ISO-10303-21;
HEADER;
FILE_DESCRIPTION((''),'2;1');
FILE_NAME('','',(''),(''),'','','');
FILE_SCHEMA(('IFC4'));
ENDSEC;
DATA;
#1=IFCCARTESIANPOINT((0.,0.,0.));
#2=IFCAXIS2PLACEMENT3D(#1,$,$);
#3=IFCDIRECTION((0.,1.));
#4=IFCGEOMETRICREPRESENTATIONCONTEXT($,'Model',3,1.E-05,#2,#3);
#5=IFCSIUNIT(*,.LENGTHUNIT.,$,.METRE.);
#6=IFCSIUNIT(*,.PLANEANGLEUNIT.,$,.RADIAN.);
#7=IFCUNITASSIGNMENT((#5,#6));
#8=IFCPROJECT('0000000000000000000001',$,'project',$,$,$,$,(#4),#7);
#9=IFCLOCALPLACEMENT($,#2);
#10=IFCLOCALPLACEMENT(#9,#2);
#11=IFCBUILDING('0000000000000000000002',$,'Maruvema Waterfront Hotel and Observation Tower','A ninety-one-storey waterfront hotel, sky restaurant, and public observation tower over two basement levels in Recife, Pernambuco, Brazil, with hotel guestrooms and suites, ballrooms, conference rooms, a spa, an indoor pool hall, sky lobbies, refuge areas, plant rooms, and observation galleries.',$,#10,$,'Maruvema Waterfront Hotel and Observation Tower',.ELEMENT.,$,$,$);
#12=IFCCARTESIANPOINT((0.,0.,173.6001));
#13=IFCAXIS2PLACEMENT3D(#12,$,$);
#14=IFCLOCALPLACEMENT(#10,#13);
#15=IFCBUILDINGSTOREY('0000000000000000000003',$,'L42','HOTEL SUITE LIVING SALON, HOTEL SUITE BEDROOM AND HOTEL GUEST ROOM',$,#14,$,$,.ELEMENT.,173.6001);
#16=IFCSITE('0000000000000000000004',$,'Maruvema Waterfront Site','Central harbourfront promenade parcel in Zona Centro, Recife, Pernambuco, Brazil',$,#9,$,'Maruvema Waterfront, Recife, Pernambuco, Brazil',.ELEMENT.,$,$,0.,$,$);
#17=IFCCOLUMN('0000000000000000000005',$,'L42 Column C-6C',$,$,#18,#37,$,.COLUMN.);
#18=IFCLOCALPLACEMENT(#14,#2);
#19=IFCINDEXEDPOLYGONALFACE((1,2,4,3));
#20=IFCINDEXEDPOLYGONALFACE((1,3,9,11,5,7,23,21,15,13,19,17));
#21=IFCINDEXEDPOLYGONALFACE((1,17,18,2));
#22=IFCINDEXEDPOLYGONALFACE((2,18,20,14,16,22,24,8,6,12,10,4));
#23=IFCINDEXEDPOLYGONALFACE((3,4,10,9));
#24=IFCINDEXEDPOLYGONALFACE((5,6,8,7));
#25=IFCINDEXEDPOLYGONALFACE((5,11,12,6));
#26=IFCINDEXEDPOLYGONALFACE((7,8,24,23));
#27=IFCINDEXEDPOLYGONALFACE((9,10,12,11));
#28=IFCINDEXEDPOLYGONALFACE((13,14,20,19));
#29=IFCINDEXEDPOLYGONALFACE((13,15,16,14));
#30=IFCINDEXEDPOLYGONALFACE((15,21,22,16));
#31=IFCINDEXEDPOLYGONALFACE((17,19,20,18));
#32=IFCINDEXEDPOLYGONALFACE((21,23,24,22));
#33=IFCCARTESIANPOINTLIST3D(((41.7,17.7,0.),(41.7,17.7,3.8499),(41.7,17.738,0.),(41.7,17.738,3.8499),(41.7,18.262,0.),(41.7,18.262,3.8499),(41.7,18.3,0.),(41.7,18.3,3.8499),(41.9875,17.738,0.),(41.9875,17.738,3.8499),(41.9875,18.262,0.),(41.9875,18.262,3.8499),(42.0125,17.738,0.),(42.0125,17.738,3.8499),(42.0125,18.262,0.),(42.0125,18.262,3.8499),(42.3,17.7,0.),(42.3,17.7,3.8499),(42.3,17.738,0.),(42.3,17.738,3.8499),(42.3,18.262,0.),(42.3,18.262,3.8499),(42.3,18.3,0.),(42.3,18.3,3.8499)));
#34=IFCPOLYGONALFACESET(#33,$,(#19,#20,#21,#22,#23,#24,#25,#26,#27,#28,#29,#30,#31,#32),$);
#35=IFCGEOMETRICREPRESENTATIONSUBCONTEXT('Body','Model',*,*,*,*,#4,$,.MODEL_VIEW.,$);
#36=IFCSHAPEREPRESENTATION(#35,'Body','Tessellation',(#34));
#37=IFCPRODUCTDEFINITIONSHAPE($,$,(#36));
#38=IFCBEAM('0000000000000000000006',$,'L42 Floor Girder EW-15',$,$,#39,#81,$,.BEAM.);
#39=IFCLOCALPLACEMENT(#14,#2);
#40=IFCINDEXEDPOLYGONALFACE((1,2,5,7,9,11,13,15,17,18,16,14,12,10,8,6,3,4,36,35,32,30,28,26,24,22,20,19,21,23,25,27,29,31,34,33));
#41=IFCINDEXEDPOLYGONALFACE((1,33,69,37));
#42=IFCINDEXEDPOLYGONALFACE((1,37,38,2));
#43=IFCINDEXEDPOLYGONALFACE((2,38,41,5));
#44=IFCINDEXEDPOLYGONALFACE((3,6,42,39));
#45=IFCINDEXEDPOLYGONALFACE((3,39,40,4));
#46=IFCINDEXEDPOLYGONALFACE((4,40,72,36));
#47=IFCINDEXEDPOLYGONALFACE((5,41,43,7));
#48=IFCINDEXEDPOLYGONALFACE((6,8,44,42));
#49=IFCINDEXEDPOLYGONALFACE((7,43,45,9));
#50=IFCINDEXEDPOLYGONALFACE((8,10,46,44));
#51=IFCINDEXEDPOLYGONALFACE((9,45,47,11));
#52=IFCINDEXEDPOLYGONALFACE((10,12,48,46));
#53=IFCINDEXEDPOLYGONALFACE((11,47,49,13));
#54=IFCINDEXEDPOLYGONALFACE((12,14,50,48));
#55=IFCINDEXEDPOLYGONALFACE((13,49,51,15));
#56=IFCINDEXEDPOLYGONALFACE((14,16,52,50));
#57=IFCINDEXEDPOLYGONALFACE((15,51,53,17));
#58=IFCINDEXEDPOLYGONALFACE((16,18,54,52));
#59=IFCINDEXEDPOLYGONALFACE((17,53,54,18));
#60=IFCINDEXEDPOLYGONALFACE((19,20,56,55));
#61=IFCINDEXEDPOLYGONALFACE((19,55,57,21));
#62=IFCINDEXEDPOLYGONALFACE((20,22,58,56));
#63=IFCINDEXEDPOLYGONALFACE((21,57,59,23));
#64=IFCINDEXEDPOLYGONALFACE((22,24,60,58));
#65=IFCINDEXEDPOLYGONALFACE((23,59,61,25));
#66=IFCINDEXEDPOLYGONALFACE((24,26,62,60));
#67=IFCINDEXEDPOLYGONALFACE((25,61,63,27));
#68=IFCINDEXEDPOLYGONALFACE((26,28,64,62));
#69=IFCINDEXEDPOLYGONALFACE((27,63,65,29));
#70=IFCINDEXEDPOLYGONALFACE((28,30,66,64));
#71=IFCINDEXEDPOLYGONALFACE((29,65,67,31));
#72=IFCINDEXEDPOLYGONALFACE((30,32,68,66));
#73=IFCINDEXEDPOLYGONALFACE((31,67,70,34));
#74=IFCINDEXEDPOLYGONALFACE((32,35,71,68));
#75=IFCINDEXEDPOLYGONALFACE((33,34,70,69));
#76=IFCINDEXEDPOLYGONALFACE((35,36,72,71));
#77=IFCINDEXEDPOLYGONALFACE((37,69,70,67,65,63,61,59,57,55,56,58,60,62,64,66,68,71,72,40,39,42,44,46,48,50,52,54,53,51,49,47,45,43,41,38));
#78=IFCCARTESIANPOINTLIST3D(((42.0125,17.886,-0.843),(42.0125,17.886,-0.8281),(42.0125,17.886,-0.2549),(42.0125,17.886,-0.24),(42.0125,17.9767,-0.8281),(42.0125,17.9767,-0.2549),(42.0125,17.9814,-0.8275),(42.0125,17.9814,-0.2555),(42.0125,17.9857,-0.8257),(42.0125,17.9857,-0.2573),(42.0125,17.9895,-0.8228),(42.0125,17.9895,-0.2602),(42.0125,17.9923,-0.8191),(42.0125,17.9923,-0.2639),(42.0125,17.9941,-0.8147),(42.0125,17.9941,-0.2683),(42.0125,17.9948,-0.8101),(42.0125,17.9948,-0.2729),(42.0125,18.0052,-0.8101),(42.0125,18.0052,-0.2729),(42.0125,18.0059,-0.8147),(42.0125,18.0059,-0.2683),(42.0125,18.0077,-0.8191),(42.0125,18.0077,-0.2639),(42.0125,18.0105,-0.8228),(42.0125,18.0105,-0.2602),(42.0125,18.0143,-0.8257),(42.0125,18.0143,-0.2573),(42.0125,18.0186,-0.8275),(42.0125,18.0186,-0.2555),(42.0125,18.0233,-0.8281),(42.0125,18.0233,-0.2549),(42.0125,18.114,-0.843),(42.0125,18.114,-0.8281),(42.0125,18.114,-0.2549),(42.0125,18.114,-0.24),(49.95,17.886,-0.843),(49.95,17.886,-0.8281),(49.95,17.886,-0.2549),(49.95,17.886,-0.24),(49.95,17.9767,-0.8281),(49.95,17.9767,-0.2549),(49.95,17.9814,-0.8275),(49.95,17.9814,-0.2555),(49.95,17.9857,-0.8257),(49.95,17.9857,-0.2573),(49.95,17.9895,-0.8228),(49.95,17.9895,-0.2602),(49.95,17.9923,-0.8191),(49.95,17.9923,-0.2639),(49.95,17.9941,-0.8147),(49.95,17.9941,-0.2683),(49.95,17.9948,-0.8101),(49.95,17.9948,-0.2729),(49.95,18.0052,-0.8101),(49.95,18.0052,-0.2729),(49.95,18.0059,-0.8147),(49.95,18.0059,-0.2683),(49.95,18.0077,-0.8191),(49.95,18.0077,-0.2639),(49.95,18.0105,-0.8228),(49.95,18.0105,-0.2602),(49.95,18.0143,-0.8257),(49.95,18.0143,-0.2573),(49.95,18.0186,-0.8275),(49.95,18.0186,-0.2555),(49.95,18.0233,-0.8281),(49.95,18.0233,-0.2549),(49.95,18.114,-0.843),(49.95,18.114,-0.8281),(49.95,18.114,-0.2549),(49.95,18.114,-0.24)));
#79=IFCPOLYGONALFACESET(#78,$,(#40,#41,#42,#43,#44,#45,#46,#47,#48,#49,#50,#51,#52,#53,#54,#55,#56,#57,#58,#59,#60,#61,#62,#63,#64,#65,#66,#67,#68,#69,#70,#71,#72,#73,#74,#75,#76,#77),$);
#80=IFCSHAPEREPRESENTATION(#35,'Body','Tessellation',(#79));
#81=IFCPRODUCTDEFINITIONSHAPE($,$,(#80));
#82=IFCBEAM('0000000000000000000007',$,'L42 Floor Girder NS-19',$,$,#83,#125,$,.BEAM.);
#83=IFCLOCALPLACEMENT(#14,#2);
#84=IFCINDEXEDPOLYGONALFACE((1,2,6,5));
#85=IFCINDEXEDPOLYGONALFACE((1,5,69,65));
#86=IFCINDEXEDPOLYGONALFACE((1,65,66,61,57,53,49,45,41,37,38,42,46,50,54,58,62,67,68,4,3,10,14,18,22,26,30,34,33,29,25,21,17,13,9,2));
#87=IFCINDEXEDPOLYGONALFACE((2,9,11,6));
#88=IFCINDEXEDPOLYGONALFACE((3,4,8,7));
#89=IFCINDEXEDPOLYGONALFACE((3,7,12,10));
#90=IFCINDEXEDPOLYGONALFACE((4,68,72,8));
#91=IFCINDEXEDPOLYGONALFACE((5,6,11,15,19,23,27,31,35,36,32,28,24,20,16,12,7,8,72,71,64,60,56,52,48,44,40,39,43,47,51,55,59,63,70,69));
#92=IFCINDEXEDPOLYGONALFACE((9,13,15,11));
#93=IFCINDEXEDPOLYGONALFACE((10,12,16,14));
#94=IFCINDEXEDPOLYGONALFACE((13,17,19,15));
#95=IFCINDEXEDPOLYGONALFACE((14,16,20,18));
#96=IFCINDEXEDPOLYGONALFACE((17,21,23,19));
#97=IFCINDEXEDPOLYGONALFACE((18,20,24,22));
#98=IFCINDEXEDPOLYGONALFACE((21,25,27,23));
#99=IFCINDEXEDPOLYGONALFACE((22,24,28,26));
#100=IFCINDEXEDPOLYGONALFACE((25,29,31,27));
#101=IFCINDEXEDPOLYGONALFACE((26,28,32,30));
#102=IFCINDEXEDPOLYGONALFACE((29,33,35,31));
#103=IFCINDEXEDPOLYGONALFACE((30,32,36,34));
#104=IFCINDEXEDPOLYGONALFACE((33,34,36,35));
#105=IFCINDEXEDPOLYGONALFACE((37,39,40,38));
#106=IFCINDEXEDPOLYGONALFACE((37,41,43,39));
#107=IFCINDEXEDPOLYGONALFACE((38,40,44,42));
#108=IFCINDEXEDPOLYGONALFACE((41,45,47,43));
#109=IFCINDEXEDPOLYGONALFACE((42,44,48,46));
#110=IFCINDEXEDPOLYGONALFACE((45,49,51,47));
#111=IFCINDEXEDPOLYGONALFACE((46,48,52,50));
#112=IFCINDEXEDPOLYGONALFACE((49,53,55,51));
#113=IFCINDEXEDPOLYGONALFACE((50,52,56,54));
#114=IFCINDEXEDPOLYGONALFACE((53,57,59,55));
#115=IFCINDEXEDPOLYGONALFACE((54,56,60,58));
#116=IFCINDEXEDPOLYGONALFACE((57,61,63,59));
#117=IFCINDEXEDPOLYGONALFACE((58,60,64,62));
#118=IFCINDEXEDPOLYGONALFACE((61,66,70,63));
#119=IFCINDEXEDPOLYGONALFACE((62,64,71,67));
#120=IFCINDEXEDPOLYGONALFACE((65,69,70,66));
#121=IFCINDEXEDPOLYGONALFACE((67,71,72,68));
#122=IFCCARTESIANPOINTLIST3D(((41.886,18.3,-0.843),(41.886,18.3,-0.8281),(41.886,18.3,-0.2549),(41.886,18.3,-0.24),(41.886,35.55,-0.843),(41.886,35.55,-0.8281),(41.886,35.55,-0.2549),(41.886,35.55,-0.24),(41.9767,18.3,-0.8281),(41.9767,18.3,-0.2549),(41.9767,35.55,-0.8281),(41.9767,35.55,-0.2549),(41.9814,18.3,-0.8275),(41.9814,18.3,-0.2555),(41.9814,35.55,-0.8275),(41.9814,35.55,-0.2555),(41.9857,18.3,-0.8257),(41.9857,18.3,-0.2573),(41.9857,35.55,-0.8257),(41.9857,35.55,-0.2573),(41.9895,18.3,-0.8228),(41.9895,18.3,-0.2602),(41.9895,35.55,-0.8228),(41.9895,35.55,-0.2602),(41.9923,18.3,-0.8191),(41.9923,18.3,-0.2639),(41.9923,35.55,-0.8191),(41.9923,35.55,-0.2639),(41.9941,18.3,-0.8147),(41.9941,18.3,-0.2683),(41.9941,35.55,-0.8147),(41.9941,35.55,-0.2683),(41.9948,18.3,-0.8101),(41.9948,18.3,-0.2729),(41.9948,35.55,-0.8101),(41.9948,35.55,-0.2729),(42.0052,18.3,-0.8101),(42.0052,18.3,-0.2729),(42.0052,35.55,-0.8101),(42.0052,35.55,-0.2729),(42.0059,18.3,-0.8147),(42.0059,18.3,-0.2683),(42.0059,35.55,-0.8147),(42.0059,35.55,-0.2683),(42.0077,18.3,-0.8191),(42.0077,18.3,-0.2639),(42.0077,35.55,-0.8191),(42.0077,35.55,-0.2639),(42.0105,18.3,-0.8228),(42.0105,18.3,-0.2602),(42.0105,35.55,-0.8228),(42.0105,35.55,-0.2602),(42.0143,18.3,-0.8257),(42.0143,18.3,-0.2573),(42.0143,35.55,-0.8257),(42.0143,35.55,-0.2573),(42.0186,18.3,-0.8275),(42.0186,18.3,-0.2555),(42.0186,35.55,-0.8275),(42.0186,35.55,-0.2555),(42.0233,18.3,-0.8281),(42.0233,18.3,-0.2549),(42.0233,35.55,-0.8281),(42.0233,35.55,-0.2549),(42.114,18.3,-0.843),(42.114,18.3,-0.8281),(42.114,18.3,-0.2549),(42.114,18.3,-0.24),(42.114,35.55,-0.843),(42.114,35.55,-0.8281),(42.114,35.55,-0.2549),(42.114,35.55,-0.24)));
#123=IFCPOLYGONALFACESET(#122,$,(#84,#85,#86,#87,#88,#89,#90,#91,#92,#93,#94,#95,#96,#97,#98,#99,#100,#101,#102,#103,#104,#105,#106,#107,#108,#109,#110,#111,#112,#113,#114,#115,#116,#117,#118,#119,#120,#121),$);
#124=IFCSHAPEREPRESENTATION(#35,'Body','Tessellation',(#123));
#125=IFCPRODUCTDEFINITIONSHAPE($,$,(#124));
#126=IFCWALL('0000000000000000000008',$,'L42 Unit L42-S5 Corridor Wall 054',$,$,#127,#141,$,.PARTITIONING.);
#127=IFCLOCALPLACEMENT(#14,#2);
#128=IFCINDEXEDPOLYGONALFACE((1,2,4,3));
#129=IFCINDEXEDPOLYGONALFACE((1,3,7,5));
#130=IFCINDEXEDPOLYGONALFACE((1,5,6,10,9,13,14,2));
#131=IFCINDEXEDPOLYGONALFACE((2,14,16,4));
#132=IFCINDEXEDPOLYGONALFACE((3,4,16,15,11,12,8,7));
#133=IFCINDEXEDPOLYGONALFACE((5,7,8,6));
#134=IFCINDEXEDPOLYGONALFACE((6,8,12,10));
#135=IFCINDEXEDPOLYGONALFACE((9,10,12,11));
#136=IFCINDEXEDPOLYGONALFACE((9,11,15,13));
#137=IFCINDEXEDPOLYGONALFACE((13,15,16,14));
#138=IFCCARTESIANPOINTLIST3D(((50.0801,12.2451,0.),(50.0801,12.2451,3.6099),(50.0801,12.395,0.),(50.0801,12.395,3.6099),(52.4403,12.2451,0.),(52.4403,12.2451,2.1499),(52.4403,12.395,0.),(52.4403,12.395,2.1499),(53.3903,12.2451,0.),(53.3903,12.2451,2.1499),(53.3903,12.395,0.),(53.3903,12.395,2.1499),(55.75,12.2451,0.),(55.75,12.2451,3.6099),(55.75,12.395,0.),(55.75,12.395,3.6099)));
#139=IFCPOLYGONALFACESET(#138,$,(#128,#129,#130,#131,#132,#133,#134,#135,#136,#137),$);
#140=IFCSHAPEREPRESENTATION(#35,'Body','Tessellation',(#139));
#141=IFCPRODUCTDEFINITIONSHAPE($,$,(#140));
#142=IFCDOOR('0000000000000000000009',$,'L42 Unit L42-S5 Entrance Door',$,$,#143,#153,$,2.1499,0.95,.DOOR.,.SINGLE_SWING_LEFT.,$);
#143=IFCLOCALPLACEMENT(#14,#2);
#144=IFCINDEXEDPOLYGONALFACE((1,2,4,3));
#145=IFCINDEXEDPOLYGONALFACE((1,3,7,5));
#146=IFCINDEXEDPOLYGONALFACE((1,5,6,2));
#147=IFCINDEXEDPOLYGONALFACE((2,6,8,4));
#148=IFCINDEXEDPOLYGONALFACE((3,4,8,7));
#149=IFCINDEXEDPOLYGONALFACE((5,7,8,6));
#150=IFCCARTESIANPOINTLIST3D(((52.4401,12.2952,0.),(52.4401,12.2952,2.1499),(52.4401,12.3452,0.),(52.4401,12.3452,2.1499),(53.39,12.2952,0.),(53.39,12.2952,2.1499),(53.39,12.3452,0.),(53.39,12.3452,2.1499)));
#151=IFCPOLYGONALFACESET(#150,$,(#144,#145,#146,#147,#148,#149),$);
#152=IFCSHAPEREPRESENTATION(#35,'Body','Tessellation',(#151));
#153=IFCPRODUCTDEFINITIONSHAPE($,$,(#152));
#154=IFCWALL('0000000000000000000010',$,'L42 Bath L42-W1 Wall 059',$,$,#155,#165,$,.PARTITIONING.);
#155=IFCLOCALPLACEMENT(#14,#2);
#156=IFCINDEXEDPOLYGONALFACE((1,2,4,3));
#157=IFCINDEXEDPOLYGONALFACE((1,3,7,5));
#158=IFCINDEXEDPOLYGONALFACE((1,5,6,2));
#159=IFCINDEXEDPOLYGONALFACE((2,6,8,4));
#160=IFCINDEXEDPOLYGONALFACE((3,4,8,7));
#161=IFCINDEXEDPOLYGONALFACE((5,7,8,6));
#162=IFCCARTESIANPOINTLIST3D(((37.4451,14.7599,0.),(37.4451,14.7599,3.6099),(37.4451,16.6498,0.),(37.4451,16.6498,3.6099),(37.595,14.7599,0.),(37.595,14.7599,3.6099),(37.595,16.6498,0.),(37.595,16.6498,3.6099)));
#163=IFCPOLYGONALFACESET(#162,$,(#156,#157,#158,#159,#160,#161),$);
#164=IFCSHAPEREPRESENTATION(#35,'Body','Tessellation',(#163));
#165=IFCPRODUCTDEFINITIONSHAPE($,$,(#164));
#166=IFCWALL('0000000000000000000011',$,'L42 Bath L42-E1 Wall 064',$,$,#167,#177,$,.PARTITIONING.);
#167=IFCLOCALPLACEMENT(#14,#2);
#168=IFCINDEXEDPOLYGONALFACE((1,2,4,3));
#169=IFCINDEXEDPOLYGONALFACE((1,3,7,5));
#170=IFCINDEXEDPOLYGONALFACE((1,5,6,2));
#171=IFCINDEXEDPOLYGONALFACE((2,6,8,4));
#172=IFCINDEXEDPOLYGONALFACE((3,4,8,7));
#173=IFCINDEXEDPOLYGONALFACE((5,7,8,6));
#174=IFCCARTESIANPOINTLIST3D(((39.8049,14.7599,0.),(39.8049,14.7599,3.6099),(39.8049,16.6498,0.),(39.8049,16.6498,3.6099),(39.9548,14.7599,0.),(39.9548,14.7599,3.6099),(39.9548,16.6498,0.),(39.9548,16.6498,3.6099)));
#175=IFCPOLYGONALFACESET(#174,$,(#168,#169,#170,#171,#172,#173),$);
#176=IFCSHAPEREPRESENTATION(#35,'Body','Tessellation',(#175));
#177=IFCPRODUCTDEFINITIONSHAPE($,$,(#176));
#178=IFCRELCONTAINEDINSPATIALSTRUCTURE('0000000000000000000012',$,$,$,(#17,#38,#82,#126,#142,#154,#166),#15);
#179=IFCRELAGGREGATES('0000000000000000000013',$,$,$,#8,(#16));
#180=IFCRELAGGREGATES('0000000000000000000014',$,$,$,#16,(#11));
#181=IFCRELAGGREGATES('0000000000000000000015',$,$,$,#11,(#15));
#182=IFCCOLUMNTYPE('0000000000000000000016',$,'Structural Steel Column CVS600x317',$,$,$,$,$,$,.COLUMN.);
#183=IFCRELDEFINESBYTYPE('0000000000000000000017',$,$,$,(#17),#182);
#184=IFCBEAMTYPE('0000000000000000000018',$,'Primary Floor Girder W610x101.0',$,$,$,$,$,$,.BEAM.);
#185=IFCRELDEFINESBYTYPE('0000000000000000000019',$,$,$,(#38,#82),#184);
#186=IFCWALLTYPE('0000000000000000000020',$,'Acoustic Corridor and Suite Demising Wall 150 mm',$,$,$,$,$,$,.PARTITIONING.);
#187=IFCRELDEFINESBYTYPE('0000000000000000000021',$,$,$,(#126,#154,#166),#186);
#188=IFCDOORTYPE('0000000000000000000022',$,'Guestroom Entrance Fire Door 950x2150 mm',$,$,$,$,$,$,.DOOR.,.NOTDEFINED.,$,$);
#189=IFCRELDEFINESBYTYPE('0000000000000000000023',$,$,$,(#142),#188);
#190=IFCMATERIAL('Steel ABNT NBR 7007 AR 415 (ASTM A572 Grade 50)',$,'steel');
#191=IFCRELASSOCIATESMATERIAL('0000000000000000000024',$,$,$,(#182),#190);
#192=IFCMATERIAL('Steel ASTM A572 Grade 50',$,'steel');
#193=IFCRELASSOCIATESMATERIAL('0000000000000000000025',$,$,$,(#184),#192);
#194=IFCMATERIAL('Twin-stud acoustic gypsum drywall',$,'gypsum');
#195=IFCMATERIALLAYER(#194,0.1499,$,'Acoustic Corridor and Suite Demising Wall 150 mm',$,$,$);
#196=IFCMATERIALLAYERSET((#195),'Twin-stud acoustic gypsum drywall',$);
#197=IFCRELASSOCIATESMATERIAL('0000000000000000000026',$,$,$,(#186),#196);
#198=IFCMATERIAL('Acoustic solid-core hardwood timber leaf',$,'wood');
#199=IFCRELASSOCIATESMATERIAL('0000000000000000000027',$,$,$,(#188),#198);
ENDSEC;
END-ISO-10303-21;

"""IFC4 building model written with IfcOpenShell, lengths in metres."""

from ifc_helpers import new_model, si_unit, direction, frame, frame_2d, origin, origin_2d, place, context, subcontext, project, spatial, rectangle, i_section, extrude, material, layer, layer_set, material_profile, profile_set, type_object, element, fill, save


model = new_model("IFC4")

# Units and contexts
model_context = context("Model", 3, precision=1e-05, world=origin(), true_north=direction((0.0, 1.0)))
body_context = subcontext(model_context, "Body", "Model", "MODEL_VIEW")
ifc_project = project(units=[si_unit("LENGTHUNIT", "METRE"), si_unit("PLANEANGLEUNIT", "RADIAN")], contexts=[model_context])

# Site, building, storey
site_placement = place(None, origin())
site = spatial("IfcSite", under=ifc_project, at=site_placement, Name="Maruvema Waterfront Site", Description="Central harbourfront promenade parcel in Zona Centro, Recife, Pernambuco, Brazil", LongName="Maruvema Waterfront, Recife, Pernambuco, Brazil", CompositionType="ELEMENT", RefElevation=0.0)
building_placement = place(site_placement, origin())
building = spatial("IfcBuilding", under=site, at=building_placement, Name="Maruvema Waterfront Hotel and Observation Tower", Description="A ninety-one-storey waterfront hotel, sky restaurant, and public observation tower over two basement levels in Recife, Pernambuco, Brazil, with hotel guestrooms and suites, ballrooms, conference rooms, a spa, an indoor pool hall, sky lobbies, refuge areas, plant rooms, and observation galleries.", LongName="Maruvema Waterfront Hotel and Observation Tower", CompositionType="ELEMENT")
storey_placement = place(building_placement, frame((0.0, 0.0, 173.6001)))
storey = spatial("IfcBuildingStorey", under=building, at=storey_placement, Name="L42", Description="HOTEL SUITE LIVING SALON, HOTEL SUITE BEDROOM AND HOTEL GUEST ROOM", CompositionType="ELEMENT", Elevation=173.6001)

# Column
ifc_material_1 = material(Name="Steel ABNT NBR 7007 AR 415 (ASTM A572 Grade 50)", Category="steel")
ifc_material_profile_1 = material_profile(ifc_material_1, i_section(OverallWidth=0.6001, OverallDepth=0.6001, WebThickness=0.0249, FlangeThickness=0.0381, at=origin_2d()), Name="CVS600x317")
ifc_profile_set_1 = profile_set([ifc_material_profile_1], Name="Steel ABNT NBR 7007 AR 415 (ASTM A572 Grade 50)")
column_type = type_object("IfcColumnType", Name="Structural Steel Column CVS600x317", PredefinedType="COLUMN", material=ifc_profile_set_1)
column_placement = place(storey_placement, frame((42.0, 18.0, 0.0), z_axis=(0.0, 0.0, 1.0), x_axis=(1.0, 0.0, 0.0)))
element("IfcColumn", 1, at=column_placement, inside=storey, type_object=column_type, Name="L42 Column C-6C", PredefinedType="COLUMN", context=body_context, shape_type="SweptSolid", body=[
    extrude(i_section(OverallWidth=0.6001, OverallDepth=0.6001, WebThickness=0.0249, FlangeThickness=0.0381, at=origin_2d()), origin(), (0.0, 0.0, 1.0), 3.8499),
])

# Beams
ifc_material_2 = material(Name="Steel ASTM A572 Grade 50", Category="steel")
ifc_material_profile_2 = material_profile(ifc_material_2, i_section(OverallWidth=0.228, OverallDepth=0.603, WebThickness=0.0105, FlangeThickness=0.0149, FilletRadius=0.0181, at=origin_2d()), Name="W610x101.0")
ifc_profile_set_2 = profile_set([ifc_material_profile_2], Name="Steel ASTM A572 Grade 50")
beam_type = type_object("IfcBeamType", Name="Primary Floor Girder W610x101.0", PredefinedType="BEAM", material=ifc_profile_set_2)
beam_1_placement = place(storey_placement, frame((42.0125, 18.0, -0.5415), z_axis=(1.0, 0.0, 0.0), x_axis=(0.0, 1.0, 0.0)))
element("IfcBeam", 2, at=beam_1_placement, inside=storey, type_object=beam_type, Name="L42 Floor Girder EW-15", PredefinedType="BEAM", context=body_context, shape_type="SweptSolid", body=[
    extrude(i_section(OverallWidth=0.228, OverallDepth=0.603, WebThickness=0.0105, FlangeThickness=0.0149, FilletRadius=0.0181, at=origin_2d()), origin(), (0.0, 0.0, 1.0), 7.9375),
])
beam_2_placement = place(storey_placement, frame((42.0, 18.3, -0.5415), z_axis=(0.0, 1.0, 0.0), x_axis=(-1.0, 0.0, 0.0)))
element("IfcBeam", 3, at=beam_2_placement, inside=storey, type_object=beam_type, Name="L42 Floor Girder NS-19", PredefinedType="BEAM", context=body_context, shape_type="SweptSolid", body=[
    extrude(i_section(OverallWidth=0.228, OverallDepth=0.603, WebThickness=0.0105, FlangeThickness=0.0149, FilletRadius=0.0181, at=origin_2d()), origin(), (0.0, 0.0, 1.0), 17.25),
])

# Wall, opening, door
ifc_material_3 = material(Name="Twin-stud acoustic gypsum drywall", Category="gypsum")
ifc_layer_1 = layer(ifc_material_3, 0.1499, Name="Acoustic Corridor and Suite Demising Wall 150 mm")
ifc_layer_set_1 = layer_set([ifc_layer_1], Name="Twin-stud acoustic gypsum drywall")
wall_type_1 = type_object("IfcWallType", Name="Acoustic Corridor and Suite Demising Wall 150 mm", PredefinedType="PARTITIONING", material=ifc_layer_set_1)
wall_1_placement = place(storey_placement, frame((50.0801, 12.3201, 0.0), z_axis=(0.0, 0.0, 1.0), x_axis=(1.0, 0.0, 0.0)))
wall_1 = element("IfcWall", 4, at=wall_1_placement, inside=storey, type_object=wall_type_1, Name="L42 Unit L42-S5 Corridor Wall 054", PredefinedType="PARTITIONING", context=body_context, shape_type="SweptSolid", body=[
    extrude(rectangle(XDim=5.6699, YDim=0.1499, at=frame_2d((2.835, 0.0))), origin(), (0.0, 0.0, 1.0), 3.6099),
])
opening_1_placement = place(wall_1_placement, frame((2.3601, 0.0, 0.0)))
opening_1 = element("IfcOpeningElement", 5, at=opening_1_placement, cuts=wall_1, PredefinedType="OPENING", context=body_context, shape_type="SweptSolid", body=[
    extrude(rectangle(XDim=0.95, YDim=2.1499, at=frame_2d((0.4751, 1.075))), frame((0.0, 0.085, 0.0), z_axis=(0.0, -1.0, 0.0), x_axis=(1.0, 0.0, 0.0)), (0.0, 0.0, 1.0), 0.1699),
])
ifc_material_4 = material(Name="Acoustic solid-core hardwood timber leaf", Category="wood")
door_type_1 = type_object("IfcDoorType", Name="Guestroom Entrance Fire Door 950x2150 mm", OperationType="NOTDEFINED", PredefinedType="DOOR", material=ifc_material_4)
door_1_placement = place(opening_1_placement, frame((0.95, 0.0, 0.0), z_axis=(0.0, 0.0, 1.0), x_axis=(-1.0, 0.0, 0.0)))
door_1 = element("IfcDoor", 6, at=door_1_placement, inside=storey, type_object=door_type_1, Name="L42 Unit L42-S5 Entrance Door", OperationType="SINGLE_SWING_LEFT", OverallHeight=2.1499, OverallWidth=0.95, PredefinedType="DOOR", context=body_context, shape_type="SweptSolid", body=[
    extrude(rectangle(XDim=0.95, YDim=2.1499, at=frame_2d((0.4751, 1.075))), frame((0.0, 0.0249, 0.0), z_axis=(0.0, -1.0, 0.0), x_axis=(1.0, 0.0, 0.0)), (0.0, 0.0, 1.0), 0.05),
])
fill(opening_1, door_1)

# Wall
wall_2_placement = place(storey_placement, frame((37.52, 14.76, 0.0), z_axis=(0.0, 0.0, 1.0), x_axis=(0.0, 1.0, 0.0)))
element("IfcWall", 7, at=wall_2_placement, inside=storey, type_object=wall_type_1, Name="L42 Bath L42-W1 Wall 059", PredefinedType="PARTITIONING", context=body_context, shape_type="SweptSolid", body=[
    extrude(rectangle(XDim=1.8899, YDim=0.1499, at=frame_2d((0.9448, 0.0))), origin(), (0.0, 0.0, 1.0), 3.6099),
])

# Wall
wall_3_placement = place(storey_placement, frame((39.8799, 14.76, 0.0), z_axis=(0.0, 0.0, 1.0), x_axis=(0.0, 1.0, 0.0)))
element("IfcWall", 8, at=wall_3_placement, inside=storey, type_object=wall_type_1, Name="L42 Bath L42-E1 Wall 064", PredefinedType="PARTITIONING", context=body_context, shape_type="SweptSolid", body=[
    extrude(rectangle(XDim=1.8899, YDim=0.1499, at=frame_2d((0.9448, 0.0))), origin(), (0.0, 0.0, 1.0), 3.6099),
])

save(model, "model.ifc")
